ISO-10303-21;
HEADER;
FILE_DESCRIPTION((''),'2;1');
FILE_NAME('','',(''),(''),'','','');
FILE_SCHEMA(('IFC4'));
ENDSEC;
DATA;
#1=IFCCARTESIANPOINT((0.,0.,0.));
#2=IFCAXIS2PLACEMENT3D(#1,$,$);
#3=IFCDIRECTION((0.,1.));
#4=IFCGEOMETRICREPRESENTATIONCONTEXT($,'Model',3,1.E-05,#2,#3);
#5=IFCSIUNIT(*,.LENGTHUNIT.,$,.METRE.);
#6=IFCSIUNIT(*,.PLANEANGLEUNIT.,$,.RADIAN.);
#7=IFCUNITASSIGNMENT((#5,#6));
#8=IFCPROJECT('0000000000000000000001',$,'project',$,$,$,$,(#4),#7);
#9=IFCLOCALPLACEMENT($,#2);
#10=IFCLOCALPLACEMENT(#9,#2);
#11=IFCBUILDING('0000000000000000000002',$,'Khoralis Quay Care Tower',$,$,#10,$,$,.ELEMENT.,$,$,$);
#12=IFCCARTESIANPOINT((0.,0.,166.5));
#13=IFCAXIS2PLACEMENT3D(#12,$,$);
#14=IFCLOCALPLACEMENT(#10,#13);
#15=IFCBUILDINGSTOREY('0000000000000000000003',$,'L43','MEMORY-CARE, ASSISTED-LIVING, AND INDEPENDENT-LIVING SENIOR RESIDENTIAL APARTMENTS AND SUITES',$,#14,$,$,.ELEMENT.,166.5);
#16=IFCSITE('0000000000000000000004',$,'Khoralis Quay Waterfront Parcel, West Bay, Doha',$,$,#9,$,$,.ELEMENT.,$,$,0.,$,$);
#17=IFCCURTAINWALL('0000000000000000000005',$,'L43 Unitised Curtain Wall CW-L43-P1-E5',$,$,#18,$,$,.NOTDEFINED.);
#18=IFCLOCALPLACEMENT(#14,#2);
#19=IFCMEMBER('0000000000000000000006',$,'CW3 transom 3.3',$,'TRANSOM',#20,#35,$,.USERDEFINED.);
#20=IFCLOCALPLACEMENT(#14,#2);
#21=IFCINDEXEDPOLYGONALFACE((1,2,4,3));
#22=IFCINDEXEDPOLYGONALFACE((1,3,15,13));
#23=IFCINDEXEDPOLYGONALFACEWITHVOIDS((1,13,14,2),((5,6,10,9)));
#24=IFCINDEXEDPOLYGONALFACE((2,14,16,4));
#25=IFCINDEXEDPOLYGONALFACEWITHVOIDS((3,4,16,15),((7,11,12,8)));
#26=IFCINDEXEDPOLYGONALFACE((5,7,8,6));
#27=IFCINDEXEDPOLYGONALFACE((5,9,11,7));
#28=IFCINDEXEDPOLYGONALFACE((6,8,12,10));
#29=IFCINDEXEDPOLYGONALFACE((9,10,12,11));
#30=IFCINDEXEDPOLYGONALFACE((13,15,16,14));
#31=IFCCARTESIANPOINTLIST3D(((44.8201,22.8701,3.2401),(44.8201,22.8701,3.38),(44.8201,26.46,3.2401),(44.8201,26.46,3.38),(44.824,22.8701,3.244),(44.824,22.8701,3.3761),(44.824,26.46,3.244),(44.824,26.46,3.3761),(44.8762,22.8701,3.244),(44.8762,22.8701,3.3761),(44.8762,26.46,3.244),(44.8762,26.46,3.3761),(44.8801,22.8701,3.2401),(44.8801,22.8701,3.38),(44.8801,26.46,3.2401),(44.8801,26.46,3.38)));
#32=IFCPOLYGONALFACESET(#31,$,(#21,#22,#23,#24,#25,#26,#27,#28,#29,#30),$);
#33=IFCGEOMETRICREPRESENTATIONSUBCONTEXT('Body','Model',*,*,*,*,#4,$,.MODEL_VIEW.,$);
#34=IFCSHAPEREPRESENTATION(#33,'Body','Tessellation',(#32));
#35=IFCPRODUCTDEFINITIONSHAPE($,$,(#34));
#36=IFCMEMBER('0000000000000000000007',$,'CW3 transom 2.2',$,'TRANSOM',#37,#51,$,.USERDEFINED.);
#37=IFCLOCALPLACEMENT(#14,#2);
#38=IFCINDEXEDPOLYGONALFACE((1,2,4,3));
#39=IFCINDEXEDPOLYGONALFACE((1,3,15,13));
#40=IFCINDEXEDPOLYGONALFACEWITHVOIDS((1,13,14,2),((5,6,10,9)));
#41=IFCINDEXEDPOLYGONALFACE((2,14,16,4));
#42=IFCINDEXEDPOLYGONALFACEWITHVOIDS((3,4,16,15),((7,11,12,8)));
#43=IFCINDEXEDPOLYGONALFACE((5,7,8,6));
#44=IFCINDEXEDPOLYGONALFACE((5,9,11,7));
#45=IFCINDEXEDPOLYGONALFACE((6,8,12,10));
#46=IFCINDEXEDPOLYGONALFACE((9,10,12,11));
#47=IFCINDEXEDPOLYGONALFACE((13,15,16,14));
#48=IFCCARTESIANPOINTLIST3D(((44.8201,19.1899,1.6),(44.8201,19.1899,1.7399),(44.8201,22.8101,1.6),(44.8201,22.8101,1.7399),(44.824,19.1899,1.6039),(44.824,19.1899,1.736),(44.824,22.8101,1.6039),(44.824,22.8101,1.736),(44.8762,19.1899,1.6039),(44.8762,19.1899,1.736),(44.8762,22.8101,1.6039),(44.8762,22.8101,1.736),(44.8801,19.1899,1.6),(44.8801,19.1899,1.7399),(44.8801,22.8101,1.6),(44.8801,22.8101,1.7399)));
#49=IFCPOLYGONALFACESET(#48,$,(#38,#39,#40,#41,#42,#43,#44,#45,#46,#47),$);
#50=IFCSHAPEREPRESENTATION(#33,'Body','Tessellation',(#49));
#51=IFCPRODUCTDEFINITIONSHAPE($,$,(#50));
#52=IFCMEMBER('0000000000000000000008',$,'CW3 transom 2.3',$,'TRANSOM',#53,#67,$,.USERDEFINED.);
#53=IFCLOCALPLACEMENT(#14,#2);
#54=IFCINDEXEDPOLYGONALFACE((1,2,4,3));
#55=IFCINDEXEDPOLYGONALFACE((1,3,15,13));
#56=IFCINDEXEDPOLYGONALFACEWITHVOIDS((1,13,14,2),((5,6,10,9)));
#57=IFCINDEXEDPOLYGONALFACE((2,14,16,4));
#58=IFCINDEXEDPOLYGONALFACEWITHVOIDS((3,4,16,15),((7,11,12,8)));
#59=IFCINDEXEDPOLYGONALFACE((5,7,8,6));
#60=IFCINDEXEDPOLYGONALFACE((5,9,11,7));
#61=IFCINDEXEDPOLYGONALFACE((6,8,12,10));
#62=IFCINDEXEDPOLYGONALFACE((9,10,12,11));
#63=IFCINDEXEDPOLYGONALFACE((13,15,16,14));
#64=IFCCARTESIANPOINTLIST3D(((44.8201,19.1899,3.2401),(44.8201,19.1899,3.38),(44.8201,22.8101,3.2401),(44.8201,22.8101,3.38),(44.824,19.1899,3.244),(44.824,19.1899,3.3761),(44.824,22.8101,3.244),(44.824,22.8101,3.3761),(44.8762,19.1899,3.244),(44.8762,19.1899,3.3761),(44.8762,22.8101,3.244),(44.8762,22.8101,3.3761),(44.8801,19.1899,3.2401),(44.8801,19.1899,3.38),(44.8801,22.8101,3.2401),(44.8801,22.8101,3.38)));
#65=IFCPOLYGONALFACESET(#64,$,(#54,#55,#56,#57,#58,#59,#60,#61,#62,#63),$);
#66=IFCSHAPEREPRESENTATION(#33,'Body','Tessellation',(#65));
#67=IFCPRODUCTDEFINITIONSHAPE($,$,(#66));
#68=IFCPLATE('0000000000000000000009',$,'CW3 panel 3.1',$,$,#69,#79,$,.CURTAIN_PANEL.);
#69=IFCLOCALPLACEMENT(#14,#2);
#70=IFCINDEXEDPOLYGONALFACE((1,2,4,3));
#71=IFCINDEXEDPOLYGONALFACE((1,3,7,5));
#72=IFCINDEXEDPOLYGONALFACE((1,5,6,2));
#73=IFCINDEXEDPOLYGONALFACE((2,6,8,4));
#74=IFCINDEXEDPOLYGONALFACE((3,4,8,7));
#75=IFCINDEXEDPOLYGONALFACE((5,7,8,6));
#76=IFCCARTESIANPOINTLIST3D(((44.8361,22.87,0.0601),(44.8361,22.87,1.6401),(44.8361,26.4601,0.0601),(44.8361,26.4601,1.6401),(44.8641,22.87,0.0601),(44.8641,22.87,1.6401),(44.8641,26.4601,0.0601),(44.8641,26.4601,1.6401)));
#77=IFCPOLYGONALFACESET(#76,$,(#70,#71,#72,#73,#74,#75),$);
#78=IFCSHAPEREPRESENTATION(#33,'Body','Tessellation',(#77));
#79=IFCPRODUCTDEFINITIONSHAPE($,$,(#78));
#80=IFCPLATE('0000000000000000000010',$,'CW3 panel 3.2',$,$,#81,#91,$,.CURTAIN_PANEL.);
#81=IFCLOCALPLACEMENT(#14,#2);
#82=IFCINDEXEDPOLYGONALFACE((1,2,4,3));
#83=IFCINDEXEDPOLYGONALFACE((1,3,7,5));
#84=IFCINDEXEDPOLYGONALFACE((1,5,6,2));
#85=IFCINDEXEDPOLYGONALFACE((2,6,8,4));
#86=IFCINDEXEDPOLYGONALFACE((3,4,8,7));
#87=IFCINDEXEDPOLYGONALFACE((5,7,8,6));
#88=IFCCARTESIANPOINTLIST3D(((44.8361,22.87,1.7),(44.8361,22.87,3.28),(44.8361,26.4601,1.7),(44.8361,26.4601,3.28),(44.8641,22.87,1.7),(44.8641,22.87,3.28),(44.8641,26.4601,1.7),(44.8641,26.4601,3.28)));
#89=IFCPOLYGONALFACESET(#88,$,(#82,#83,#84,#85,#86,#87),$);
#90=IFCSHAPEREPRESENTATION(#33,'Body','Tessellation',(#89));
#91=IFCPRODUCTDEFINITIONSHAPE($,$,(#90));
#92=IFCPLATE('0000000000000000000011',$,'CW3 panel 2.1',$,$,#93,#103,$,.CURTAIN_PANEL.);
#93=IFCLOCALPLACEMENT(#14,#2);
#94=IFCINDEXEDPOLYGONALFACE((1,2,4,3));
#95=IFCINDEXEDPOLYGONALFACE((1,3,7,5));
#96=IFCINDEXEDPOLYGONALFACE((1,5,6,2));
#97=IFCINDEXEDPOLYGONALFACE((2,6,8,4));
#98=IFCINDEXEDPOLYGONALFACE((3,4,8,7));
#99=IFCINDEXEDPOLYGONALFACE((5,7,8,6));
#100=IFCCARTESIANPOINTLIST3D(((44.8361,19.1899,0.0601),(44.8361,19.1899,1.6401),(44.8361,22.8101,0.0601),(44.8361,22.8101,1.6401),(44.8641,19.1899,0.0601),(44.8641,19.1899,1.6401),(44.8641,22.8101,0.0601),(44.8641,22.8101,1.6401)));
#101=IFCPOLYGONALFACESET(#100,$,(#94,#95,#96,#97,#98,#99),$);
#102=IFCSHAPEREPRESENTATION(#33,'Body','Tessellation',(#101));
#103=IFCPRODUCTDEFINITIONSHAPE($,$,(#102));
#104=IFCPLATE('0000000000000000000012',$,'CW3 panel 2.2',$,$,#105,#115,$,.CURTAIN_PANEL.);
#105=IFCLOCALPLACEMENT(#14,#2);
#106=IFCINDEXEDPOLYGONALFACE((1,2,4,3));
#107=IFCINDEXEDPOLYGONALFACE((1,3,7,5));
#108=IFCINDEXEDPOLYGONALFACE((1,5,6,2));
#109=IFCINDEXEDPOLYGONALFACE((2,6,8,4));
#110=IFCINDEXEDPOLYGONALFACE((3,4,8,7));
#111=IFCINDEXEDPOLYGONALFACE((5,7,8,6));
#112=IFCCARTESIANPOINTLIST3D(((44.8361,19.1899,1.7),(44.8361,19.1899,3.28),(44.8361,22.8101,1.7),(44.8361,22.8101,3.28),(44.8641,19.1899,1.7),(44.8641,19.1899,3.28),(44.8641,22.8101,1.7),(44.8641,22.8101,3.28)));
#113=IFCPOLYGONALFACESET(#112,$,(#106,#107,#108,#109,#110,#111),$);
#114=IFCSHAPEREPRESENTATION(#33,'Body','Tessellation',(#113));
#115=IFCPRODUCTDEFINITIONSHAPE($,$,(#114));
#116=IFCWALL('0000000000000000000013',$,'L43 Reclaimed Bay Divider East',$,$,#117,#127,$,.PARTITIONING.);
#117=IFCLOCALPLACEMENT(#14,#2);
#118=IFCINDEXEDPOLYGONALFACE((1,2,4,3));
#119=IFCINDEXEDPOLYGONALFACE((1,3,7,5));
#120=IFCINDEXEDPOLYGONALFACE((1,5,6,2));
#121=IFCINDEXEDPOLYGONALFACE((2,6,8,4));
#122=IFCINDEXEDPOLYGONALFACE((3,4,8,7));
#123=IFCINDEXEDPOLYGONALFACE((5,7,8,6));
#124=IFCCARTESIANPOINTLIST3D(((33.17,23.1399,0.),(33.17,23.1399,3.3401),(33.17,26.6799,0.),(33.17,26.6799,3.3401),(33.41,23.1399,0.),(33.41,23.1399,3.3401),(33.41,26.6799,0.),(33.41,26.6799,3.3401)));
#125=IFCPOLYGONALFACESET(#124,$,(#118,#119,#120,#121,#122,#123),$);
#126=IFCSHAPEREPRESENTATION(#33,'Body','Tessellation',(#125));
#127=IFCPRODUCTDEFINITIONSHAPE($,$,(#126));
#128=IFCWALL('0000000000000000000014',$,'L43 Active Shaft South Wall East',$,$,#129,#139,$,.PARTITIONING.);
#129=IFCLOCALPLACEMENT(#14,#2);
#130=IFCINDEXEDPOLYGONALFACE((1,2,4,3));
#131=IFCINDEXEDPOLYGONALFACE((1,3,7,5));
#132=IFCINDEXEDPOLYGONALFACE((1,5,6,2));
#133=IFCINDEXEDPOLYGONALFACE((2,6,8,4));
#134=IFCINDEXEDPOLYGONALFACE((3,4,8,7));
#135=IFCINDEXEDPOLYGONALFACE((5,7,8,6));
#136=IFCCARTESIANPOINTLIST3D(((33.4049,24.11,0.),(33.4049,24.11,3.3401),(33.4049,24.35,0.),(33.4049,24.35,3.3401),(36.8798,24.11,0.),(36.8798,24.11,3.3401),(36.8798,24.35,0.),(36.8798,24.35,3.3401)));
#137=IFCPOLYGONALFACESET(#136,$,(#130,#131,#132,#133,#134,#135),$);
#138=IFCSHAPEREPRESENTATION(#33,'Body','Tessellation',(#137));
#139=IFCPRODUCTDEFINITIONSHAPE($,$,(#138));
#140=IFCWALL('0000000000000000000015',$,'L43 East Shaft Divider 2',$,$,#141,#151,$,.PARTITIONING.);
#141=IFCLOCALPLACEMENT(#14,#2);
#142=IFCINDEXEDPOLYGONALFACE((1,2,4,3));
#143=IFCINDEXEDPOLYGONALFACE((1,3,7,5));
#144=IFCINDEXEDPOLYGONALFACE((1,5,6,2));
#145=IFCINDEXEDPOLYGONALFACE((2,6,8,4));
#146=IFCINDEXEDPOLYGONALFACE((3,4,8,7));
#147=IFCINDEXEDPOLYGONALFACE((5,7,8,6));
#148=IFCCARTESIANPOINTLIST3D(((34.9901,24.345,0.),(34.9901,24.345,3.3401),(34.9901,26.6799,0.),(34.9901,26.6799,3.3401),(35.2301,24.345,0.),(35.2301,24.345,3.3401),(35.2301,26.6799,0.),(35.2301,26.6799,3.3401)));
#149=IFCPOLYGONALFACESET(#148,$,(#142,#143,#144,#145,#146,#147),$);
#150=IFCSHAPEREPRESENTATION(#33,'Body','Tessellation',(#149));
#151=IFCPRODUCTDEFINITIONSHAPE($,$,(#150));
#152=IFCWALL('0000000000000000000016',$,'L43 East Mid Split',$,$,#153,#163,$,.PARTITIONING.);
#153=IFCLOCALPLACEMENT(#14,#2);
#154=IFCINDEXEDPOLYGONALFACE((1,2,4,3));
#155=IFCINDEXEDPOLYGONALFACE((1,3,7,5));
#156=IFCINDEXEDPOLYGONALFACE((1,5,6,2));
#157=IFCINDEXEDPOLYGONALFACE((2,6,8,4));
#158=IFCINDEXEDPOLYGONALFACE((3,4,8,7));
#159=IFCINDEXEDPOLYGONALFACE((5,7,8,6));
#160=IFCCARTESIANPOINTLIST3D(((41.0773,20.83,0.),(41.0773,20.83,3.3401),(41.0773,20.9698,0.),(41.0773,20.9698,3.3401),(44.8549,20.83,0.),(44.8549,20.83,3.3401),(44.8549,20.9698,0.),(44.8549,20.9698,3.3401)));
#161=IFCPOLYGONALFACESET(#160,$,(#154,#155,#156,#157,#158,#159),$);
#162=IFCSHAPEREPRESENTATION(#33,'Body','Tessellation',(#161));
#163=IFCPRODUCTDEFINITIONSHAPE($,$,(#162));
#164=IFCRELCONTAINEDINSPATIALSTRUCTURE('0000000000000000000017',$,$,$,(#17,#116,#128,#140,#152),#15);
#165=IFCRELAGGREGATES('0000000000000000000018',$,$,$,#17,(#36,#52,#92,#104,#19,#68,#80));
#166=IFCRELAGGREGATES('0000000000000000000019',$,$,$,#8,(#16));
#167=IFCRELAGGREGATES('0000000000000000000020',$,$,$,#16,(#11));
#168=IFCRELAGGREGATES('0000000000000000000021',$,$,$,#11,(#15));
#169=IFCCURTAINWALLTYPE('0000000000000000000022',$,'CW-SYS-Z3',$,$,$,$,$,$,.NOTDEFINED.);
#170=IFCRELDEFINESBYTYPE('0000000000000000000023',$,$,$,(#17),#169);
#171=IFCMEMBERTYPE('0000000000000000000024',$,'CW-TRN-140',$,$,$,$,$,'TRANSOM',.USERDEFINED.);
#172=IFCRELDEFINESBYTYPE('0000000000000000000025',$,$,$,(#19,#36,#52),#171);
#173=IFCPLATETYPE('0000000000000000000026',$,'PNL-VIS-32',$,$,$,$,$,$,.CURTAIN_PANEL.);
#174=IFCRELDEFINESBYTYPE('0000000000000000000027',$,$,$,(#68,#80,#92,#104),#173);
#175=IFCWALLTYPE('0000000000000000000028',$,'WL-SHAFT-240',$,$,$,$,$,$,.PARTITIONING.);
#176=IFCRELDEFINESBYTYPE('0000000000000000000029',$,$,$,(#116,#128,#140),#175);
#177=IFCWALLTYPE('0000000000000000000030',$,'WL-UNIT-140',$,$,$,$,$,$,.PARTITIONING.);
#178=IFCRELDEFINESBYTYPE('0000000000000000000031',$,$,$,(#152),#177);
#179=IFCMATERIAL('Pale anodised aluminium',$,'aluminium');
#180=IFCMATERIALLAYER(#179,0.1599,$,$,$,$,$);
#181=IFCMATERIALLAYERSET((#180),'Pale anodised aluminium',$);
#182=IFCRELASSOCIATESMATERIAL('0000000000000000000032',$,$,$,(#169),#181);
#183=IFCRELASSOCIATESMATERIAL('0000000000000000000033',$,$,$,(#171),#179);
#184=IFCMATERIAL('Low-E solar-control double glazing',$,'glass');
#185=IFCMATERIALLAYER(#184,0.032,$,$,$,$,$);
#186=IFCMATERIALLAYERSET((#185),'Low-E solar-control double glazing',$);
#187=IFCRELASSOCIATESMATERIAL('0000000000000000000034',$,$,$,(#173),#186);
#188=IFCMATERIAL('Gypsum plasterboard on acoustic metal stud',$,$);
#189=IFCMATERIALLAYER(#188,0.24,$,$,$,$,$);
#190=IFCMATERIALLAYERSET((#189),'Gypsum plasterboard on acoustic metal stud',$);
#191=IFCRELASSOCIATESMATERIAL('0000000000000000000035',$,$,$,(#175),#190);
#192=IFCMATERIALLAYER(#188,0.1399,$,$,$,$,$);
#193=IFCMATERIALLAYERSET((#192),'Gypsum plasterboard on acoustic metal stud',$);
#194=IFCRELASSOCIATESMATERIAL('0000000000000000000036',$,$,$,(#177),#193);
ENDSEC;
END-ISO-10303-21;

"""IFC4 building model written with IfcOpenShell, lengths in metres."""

from ifc_helpers import new_model, si_unit, direction, frame, frame_2d, origin, origin_2d, place, context, subcontext, project, spatial, rectangle, hollow_rectangle, extrude, source, transform, mapped, material, layer, layer_set, material_profile, profile_set, type_object, element, aggregate, save


model = new_model("IFC4")

# Units and contexts
model_context = context("Model", 3, precision=1e-05, world=origin(), true_north=direction((0.0, 1.0)))
body_context = subcontext(model_context, "Body", "Model", "MODEL_VIEW")
ifc_project = project(units=[si_unit("LENGTHUNIT", "METRE"), si_unit("PLANEANGLEUNIT", "RADIAN")], contexts=[model_context])

# Site, building, storey
site_placement = place(None, origin())
site = spatial("IfcSite", under=ifc_project, at=site_placement, Name="Khoralis Quay Waterfront Parcel, West Bay, Doha", CompositionType="ELEMENT", RefElevation=0.0)
building_placement = place(site_placement, origin())
building = spatial("IfcBuilding", under=site, at=building_placement, Name="Khoralis Quay Care Tower", CompositionType="ELEMENT")
storey_placement = place(building_placement, frame((0.0, 0.0, 166.5)))
storey = spatial("IfcBuildingStorey", under=building, at=storey_placement, Name="L43", Description="MEMORY-CARE, ASSISTED-LIVING, AND INDEPENDENT-LIVING SENIOR RESIDENTIAL APARTMENTS AND SUITES", CompositionType="ELEMENT", Elevation=166.5)

# Curtain wall, members, plates
ifc_material_1 = material(Name="Pale anodised aluminium", Category="aluminium")
ifc_layer_1 = layer(ifc_material_1, 0.1599)
ifc_layer_set_1 = layer_set([ifc_layer_1], Name="Pale anodised aluminium")
curtain_wall_type = type_object("IfcCurtainWallType", Name="CW-SYS-Z3", PredefinedType="NOTDEFINED", material=ifc_layer_set_1)
curtain_wall_placement = place(storey_placement, origin())
curtain_wall = element("IfcCurtainWall", 1, at=curtain_wall_placement, inside=storey, type_object=curtain_wall_type, Name="L43 Unitised Curtain Wall CW-L43-P1-E5", PredefinedType="NOTDEFINED")
ifc_material_profile_1 = material_profile(ifc_material_1, hollow_rectangle(XDim=0.0601, YDim=0.1399, WallThickness=0.0039, at=origin_2d()), Name="Pale anodised aluminium")
ifc_profile_set_1 = profile_set([ifc_material_profile_1], Name="Pale anodised aluminium")
member_type_1 = type_object("IfcMemberType", Name="CW-TRN-140", ElementType="TRANSOM", PredefinedType="USERDEFINED", material=ifc_profile_set_1)
shared_shape_1 = source(origin(), body_context, "Body", "SweptSolid", [
    extrude(hollow_rectangle(XDim=0.0601, YDim=0.1399, WallThickness=0.0039, at=origin_2d()), origin(), (0.0, 0.0, 1.0), 3.5898),
])
member_1_placement = place(storey_placement, frame((44.8501, 22.8701, 3.3101), z_axis=(0.0, 1.0, 0.0), x_axis=(-1.0, 0.0, 0.0)))
member_1 = element("IfcMember", 2, at=member_1_placement, type_object=member_type_1, Name="CW3 transom 3.3", ObjectType="TRANSOM", PredefinedType="USERDEFINED", context=body_context, shape_type="MappedRepresentation", body=[
    mapped(shared_shape_1, transform((0.0, 0.0, 0.0), scale=1.0)),
])
shared_shape_2 = source(origin(), body_context, "Body", "SweptSolid", [
    extrude(hollow_rectangle(XDim=0.0601, YDim=0.1399, WallThickness=0.0039, at=origin_2d()), origin(), (0.0, 0.0, 1.0), 3.6201),
])
member_2_placement = place(storey_placement, frame((44.8501, 19.1899, 1.6699), z_axis=(0.0, 1.0, 0.0), x_axis=(-1.0, 0.0, 0.0)))
member_2 = element("IfcMember", 3, at=member_2_placement, type_object=member_type_1, Name="CW3 transom 2.2", ObjectType="TRANSOM", PredefinedType="USERDEFINED", context=body_context, shape_type="MappedRepresentation", body=[
    mapped(shared_shape_2, transform((0.0, 0.0, 0.0), scale=1.0)),
])
member_3_placement = place(storey_placement, frame((44.8501, 19.1899, 3.3101), z_axis=(0.0, 1.0, 0.0), x_axis=(-1.0, 0.0, 0.0)))
member_3 = element("IfcMember", 4, at=member_3_placement, type_object=member_type_1, Name="CW3 transom 2.3", ObjectType="TRANSOM", PredefinedType="USERDEFINED", context=body_context, shape_type="MappedRepresentation", body=[
    mapped(shared_shape_2, transform((0.0, 0.0, 0.0), scale=1.0)),
])
ifc_material_2 = material(Name="Low-E solar-control double glazing", Category="glass")
ifc_layer_2 = layer(ifc_material_2, 0.032)
ifc_layer_set_2 = layer_set([ifc_layer_2], Name="Low-E solar-control double glazing")
plate_type = type_object("IfcPlateType", Name="PNL-VIS-32", PredefinedType="CURTAIN_PANEL", material=ifc_layer_set_2)
shared_shape_3 = source(origin(), body_context, "Body", "SweptSolid", [
    extrude(rectangle(XDim=3.5901, YDim=0.0281, at=origin_2d()), origin(), (0.0, 0.0, 1.0), 1.5801),
])
plate_1_placement = place(storey_placement, frame((44.8501, 24.665, 0.0601), z_axis=(0.0, 0.0, 1.0), x_axis=(0.0, 1.0, 0.0)))
plate_1 = element("IfcPlate", 5, at=plate_1_placement, type_object=plate_type, Name="CW3 panel 3.1", PredefinedType="CURTAIN_PANEL", context=body_context, shape_type="MappedRepresentation", body=[
    mapped(shared_shape_3, transform((0.0, 0.0, 0.0), scale=1.0)),
])
plate_2_placement = place(storey_placement, frame((44.8501, 24.665, 1.7), z_axis=(0.0, 0.0, 1.0), x_axis=(0.0, 1.0, 0.0)))
plate_2 = element("IfcPlate", 6, at=plate_2_placement, type_object=plate_type, Name="CW3 panel 3.2", PredefinedType="CURTAIN_PANEL", context=body_context, shape_type="MappedRepresentation", body=[
    mapped(shared_shape_3, transform((0.0, 0.0, 0.0), scale=1.0)),
])
shared_shape_4 = source(origin(), body_context, "Body", "SweptSolid", [
    extrude(rectangle(XDim=3.6201, YDim=0.0281, at=origin_2d()), origin(), (0.0, 0.0, 1.0), 1.5801),
])
plate_3_placement = place(storey_placement, frame((44.8501, 21.0, 0.0601), z_axis=(0.0, 0.0, 1.0), x_axis=(0.0, 1.0, 0.0)))
plate_3 = element("IfcPlate", 7, at=plate_3_placement, type_object=plate_type, Name="CW3 panel 2.1", PredefinedType="CURTAIN_PANEL", context=body_context, shape_type="MappedRepresentation", body=[
    mapped(shared_shape_4, transform((0.0, 0.0, 0.0), scale=1.0)),
])
plate_4_placement = place(storey_placement, frame((44.8501, 21.0, 1.7), z_axis=(0.0, 0.0, 1.0), x_axis=(0.0, 1.0, 0.0)))
plate_4 = element("IfcPlate", 8, at=plate_4_placement, type_object=plate_type, Name="CW3 panel 2.2", PredefinedType="CURTAIN_PANEL", context=body_context, shape_type="MappedRepresentation", body=[
    mapped(shared_shape_4, transform((0.0, 0.0, 0.0), scale=1.0)),
])
aggregate(curtain_wall, [member_2, member_3, plate_3, plate_4, member_1, plate_1, plate_2])

# Walls
ifc_material_3 = material(Name="Gypsum plasterboard on acoustic metal stud")
ifc_layer_3 = layer(ifc_material_3, 0.24)
ifc_layer_set_3 = layer_set([ifc_layer_3], Name="Gypsum plasterboard on acoustic metal stud")
wall_type_1 = type_object("IfcWallType", Name="WL-SHAFT-240", PredefinedType="PARTITIONING", material=ifc_layer_set_3)
wall_1_placement = place(storey_placement, frame((33.29, 23.1399, 0.0), z_axis=(0.0, 0.0, 1.0), x_axis=(0.0, 1.0, 0.0)))
element("IfcWall", 9, at=wall_1_placement, inside=storey, type_object=wall_type_1, Name="L43 Reclaimed Bay Divider East", PredefinedType="PARTITIONING", context=body_context, shape_type="SweptSolid", body=[
    extrude(rectangle(XDim=3.54, YDim=0.24, at=frame_2d((1.77, 0.0))), origin(), (0.0, 0.0, 1.0), 3.3401),
])
wall_2_placement = place(storey_placement, frame((33.405, 24.23, 0.0), z_axis=(0.0, 0.0, 1.0), x_axis=(1.0, 0.0, 0.0)))
element("IfcWall", 10, at=wall_2_placement, inside=storey, type_object=wall_type_1, Name="L43 Active Shaft South Wall East", PredefinedType="PARTITIONING", context=body_context, shape_type="SweptSolid", body=[
    extrude(rectangle(XDim=3.4749, YDim=0.24, at=frame_2d((1.7373, 0.0))), origin(), (0.0, 0.0, 1.0), 3.3401),
])
wall_3_placement = place(storey_placement, frame((35.1101, 24.345, 0.0), z_axis=(0.0, 0.0, 1.0), x_axis=(0.0, 1.0, 0.0)))
element("IfcWall", 11, at=wall_3_placement, inside=storey, type_object=wall_type_1, Name="L43 East Shaft Divider 2", PredefinedType="PARTITIONING", context=body_context, shape_type="SweptSolid", body=[
    extrude(rectangle(XDim=2.335, YDim=0.24, at=frame_2d((1.1675, 0.0))), origin(), (0.0, 0.0, 1.0), 3.3401),
])
ifc_layer_4 = layer(ifc_material_3, 0.1399)
ifc_layer_set_4 = layer_set([ifc_layer_4], Name="Gypsum plasterboard on acoustic metal stud")
wall_type_2 = type_object("IfcWallType", Name="WL-UNIT-140", PredefinedType="PARTITIONING", material=ifc_layer_set_4)
wall_4_placement = place(storey_placement, frame((41.0774, 20.8999, 0.0), z_axis=(0.0, 0.0, 1.0), x_axis=(1.0, 0.0, 0.0)))
element("IfcWall", 12, at=wall_4_placement, inside=storey, type_object=wall_type_2, Name="L43 East Mid Split", PredefinedType="PARTITIONING", context=body_context, shape_type="SweptSolid", body=[
    extrude(rectangle(XDim=3.7776, YDim=0.1399, at=frame_2d((1.8887, 0.0))), origin(), (0.0, 0.0, 1.0), 3.3401),
])

save(model, "model.ifc")
